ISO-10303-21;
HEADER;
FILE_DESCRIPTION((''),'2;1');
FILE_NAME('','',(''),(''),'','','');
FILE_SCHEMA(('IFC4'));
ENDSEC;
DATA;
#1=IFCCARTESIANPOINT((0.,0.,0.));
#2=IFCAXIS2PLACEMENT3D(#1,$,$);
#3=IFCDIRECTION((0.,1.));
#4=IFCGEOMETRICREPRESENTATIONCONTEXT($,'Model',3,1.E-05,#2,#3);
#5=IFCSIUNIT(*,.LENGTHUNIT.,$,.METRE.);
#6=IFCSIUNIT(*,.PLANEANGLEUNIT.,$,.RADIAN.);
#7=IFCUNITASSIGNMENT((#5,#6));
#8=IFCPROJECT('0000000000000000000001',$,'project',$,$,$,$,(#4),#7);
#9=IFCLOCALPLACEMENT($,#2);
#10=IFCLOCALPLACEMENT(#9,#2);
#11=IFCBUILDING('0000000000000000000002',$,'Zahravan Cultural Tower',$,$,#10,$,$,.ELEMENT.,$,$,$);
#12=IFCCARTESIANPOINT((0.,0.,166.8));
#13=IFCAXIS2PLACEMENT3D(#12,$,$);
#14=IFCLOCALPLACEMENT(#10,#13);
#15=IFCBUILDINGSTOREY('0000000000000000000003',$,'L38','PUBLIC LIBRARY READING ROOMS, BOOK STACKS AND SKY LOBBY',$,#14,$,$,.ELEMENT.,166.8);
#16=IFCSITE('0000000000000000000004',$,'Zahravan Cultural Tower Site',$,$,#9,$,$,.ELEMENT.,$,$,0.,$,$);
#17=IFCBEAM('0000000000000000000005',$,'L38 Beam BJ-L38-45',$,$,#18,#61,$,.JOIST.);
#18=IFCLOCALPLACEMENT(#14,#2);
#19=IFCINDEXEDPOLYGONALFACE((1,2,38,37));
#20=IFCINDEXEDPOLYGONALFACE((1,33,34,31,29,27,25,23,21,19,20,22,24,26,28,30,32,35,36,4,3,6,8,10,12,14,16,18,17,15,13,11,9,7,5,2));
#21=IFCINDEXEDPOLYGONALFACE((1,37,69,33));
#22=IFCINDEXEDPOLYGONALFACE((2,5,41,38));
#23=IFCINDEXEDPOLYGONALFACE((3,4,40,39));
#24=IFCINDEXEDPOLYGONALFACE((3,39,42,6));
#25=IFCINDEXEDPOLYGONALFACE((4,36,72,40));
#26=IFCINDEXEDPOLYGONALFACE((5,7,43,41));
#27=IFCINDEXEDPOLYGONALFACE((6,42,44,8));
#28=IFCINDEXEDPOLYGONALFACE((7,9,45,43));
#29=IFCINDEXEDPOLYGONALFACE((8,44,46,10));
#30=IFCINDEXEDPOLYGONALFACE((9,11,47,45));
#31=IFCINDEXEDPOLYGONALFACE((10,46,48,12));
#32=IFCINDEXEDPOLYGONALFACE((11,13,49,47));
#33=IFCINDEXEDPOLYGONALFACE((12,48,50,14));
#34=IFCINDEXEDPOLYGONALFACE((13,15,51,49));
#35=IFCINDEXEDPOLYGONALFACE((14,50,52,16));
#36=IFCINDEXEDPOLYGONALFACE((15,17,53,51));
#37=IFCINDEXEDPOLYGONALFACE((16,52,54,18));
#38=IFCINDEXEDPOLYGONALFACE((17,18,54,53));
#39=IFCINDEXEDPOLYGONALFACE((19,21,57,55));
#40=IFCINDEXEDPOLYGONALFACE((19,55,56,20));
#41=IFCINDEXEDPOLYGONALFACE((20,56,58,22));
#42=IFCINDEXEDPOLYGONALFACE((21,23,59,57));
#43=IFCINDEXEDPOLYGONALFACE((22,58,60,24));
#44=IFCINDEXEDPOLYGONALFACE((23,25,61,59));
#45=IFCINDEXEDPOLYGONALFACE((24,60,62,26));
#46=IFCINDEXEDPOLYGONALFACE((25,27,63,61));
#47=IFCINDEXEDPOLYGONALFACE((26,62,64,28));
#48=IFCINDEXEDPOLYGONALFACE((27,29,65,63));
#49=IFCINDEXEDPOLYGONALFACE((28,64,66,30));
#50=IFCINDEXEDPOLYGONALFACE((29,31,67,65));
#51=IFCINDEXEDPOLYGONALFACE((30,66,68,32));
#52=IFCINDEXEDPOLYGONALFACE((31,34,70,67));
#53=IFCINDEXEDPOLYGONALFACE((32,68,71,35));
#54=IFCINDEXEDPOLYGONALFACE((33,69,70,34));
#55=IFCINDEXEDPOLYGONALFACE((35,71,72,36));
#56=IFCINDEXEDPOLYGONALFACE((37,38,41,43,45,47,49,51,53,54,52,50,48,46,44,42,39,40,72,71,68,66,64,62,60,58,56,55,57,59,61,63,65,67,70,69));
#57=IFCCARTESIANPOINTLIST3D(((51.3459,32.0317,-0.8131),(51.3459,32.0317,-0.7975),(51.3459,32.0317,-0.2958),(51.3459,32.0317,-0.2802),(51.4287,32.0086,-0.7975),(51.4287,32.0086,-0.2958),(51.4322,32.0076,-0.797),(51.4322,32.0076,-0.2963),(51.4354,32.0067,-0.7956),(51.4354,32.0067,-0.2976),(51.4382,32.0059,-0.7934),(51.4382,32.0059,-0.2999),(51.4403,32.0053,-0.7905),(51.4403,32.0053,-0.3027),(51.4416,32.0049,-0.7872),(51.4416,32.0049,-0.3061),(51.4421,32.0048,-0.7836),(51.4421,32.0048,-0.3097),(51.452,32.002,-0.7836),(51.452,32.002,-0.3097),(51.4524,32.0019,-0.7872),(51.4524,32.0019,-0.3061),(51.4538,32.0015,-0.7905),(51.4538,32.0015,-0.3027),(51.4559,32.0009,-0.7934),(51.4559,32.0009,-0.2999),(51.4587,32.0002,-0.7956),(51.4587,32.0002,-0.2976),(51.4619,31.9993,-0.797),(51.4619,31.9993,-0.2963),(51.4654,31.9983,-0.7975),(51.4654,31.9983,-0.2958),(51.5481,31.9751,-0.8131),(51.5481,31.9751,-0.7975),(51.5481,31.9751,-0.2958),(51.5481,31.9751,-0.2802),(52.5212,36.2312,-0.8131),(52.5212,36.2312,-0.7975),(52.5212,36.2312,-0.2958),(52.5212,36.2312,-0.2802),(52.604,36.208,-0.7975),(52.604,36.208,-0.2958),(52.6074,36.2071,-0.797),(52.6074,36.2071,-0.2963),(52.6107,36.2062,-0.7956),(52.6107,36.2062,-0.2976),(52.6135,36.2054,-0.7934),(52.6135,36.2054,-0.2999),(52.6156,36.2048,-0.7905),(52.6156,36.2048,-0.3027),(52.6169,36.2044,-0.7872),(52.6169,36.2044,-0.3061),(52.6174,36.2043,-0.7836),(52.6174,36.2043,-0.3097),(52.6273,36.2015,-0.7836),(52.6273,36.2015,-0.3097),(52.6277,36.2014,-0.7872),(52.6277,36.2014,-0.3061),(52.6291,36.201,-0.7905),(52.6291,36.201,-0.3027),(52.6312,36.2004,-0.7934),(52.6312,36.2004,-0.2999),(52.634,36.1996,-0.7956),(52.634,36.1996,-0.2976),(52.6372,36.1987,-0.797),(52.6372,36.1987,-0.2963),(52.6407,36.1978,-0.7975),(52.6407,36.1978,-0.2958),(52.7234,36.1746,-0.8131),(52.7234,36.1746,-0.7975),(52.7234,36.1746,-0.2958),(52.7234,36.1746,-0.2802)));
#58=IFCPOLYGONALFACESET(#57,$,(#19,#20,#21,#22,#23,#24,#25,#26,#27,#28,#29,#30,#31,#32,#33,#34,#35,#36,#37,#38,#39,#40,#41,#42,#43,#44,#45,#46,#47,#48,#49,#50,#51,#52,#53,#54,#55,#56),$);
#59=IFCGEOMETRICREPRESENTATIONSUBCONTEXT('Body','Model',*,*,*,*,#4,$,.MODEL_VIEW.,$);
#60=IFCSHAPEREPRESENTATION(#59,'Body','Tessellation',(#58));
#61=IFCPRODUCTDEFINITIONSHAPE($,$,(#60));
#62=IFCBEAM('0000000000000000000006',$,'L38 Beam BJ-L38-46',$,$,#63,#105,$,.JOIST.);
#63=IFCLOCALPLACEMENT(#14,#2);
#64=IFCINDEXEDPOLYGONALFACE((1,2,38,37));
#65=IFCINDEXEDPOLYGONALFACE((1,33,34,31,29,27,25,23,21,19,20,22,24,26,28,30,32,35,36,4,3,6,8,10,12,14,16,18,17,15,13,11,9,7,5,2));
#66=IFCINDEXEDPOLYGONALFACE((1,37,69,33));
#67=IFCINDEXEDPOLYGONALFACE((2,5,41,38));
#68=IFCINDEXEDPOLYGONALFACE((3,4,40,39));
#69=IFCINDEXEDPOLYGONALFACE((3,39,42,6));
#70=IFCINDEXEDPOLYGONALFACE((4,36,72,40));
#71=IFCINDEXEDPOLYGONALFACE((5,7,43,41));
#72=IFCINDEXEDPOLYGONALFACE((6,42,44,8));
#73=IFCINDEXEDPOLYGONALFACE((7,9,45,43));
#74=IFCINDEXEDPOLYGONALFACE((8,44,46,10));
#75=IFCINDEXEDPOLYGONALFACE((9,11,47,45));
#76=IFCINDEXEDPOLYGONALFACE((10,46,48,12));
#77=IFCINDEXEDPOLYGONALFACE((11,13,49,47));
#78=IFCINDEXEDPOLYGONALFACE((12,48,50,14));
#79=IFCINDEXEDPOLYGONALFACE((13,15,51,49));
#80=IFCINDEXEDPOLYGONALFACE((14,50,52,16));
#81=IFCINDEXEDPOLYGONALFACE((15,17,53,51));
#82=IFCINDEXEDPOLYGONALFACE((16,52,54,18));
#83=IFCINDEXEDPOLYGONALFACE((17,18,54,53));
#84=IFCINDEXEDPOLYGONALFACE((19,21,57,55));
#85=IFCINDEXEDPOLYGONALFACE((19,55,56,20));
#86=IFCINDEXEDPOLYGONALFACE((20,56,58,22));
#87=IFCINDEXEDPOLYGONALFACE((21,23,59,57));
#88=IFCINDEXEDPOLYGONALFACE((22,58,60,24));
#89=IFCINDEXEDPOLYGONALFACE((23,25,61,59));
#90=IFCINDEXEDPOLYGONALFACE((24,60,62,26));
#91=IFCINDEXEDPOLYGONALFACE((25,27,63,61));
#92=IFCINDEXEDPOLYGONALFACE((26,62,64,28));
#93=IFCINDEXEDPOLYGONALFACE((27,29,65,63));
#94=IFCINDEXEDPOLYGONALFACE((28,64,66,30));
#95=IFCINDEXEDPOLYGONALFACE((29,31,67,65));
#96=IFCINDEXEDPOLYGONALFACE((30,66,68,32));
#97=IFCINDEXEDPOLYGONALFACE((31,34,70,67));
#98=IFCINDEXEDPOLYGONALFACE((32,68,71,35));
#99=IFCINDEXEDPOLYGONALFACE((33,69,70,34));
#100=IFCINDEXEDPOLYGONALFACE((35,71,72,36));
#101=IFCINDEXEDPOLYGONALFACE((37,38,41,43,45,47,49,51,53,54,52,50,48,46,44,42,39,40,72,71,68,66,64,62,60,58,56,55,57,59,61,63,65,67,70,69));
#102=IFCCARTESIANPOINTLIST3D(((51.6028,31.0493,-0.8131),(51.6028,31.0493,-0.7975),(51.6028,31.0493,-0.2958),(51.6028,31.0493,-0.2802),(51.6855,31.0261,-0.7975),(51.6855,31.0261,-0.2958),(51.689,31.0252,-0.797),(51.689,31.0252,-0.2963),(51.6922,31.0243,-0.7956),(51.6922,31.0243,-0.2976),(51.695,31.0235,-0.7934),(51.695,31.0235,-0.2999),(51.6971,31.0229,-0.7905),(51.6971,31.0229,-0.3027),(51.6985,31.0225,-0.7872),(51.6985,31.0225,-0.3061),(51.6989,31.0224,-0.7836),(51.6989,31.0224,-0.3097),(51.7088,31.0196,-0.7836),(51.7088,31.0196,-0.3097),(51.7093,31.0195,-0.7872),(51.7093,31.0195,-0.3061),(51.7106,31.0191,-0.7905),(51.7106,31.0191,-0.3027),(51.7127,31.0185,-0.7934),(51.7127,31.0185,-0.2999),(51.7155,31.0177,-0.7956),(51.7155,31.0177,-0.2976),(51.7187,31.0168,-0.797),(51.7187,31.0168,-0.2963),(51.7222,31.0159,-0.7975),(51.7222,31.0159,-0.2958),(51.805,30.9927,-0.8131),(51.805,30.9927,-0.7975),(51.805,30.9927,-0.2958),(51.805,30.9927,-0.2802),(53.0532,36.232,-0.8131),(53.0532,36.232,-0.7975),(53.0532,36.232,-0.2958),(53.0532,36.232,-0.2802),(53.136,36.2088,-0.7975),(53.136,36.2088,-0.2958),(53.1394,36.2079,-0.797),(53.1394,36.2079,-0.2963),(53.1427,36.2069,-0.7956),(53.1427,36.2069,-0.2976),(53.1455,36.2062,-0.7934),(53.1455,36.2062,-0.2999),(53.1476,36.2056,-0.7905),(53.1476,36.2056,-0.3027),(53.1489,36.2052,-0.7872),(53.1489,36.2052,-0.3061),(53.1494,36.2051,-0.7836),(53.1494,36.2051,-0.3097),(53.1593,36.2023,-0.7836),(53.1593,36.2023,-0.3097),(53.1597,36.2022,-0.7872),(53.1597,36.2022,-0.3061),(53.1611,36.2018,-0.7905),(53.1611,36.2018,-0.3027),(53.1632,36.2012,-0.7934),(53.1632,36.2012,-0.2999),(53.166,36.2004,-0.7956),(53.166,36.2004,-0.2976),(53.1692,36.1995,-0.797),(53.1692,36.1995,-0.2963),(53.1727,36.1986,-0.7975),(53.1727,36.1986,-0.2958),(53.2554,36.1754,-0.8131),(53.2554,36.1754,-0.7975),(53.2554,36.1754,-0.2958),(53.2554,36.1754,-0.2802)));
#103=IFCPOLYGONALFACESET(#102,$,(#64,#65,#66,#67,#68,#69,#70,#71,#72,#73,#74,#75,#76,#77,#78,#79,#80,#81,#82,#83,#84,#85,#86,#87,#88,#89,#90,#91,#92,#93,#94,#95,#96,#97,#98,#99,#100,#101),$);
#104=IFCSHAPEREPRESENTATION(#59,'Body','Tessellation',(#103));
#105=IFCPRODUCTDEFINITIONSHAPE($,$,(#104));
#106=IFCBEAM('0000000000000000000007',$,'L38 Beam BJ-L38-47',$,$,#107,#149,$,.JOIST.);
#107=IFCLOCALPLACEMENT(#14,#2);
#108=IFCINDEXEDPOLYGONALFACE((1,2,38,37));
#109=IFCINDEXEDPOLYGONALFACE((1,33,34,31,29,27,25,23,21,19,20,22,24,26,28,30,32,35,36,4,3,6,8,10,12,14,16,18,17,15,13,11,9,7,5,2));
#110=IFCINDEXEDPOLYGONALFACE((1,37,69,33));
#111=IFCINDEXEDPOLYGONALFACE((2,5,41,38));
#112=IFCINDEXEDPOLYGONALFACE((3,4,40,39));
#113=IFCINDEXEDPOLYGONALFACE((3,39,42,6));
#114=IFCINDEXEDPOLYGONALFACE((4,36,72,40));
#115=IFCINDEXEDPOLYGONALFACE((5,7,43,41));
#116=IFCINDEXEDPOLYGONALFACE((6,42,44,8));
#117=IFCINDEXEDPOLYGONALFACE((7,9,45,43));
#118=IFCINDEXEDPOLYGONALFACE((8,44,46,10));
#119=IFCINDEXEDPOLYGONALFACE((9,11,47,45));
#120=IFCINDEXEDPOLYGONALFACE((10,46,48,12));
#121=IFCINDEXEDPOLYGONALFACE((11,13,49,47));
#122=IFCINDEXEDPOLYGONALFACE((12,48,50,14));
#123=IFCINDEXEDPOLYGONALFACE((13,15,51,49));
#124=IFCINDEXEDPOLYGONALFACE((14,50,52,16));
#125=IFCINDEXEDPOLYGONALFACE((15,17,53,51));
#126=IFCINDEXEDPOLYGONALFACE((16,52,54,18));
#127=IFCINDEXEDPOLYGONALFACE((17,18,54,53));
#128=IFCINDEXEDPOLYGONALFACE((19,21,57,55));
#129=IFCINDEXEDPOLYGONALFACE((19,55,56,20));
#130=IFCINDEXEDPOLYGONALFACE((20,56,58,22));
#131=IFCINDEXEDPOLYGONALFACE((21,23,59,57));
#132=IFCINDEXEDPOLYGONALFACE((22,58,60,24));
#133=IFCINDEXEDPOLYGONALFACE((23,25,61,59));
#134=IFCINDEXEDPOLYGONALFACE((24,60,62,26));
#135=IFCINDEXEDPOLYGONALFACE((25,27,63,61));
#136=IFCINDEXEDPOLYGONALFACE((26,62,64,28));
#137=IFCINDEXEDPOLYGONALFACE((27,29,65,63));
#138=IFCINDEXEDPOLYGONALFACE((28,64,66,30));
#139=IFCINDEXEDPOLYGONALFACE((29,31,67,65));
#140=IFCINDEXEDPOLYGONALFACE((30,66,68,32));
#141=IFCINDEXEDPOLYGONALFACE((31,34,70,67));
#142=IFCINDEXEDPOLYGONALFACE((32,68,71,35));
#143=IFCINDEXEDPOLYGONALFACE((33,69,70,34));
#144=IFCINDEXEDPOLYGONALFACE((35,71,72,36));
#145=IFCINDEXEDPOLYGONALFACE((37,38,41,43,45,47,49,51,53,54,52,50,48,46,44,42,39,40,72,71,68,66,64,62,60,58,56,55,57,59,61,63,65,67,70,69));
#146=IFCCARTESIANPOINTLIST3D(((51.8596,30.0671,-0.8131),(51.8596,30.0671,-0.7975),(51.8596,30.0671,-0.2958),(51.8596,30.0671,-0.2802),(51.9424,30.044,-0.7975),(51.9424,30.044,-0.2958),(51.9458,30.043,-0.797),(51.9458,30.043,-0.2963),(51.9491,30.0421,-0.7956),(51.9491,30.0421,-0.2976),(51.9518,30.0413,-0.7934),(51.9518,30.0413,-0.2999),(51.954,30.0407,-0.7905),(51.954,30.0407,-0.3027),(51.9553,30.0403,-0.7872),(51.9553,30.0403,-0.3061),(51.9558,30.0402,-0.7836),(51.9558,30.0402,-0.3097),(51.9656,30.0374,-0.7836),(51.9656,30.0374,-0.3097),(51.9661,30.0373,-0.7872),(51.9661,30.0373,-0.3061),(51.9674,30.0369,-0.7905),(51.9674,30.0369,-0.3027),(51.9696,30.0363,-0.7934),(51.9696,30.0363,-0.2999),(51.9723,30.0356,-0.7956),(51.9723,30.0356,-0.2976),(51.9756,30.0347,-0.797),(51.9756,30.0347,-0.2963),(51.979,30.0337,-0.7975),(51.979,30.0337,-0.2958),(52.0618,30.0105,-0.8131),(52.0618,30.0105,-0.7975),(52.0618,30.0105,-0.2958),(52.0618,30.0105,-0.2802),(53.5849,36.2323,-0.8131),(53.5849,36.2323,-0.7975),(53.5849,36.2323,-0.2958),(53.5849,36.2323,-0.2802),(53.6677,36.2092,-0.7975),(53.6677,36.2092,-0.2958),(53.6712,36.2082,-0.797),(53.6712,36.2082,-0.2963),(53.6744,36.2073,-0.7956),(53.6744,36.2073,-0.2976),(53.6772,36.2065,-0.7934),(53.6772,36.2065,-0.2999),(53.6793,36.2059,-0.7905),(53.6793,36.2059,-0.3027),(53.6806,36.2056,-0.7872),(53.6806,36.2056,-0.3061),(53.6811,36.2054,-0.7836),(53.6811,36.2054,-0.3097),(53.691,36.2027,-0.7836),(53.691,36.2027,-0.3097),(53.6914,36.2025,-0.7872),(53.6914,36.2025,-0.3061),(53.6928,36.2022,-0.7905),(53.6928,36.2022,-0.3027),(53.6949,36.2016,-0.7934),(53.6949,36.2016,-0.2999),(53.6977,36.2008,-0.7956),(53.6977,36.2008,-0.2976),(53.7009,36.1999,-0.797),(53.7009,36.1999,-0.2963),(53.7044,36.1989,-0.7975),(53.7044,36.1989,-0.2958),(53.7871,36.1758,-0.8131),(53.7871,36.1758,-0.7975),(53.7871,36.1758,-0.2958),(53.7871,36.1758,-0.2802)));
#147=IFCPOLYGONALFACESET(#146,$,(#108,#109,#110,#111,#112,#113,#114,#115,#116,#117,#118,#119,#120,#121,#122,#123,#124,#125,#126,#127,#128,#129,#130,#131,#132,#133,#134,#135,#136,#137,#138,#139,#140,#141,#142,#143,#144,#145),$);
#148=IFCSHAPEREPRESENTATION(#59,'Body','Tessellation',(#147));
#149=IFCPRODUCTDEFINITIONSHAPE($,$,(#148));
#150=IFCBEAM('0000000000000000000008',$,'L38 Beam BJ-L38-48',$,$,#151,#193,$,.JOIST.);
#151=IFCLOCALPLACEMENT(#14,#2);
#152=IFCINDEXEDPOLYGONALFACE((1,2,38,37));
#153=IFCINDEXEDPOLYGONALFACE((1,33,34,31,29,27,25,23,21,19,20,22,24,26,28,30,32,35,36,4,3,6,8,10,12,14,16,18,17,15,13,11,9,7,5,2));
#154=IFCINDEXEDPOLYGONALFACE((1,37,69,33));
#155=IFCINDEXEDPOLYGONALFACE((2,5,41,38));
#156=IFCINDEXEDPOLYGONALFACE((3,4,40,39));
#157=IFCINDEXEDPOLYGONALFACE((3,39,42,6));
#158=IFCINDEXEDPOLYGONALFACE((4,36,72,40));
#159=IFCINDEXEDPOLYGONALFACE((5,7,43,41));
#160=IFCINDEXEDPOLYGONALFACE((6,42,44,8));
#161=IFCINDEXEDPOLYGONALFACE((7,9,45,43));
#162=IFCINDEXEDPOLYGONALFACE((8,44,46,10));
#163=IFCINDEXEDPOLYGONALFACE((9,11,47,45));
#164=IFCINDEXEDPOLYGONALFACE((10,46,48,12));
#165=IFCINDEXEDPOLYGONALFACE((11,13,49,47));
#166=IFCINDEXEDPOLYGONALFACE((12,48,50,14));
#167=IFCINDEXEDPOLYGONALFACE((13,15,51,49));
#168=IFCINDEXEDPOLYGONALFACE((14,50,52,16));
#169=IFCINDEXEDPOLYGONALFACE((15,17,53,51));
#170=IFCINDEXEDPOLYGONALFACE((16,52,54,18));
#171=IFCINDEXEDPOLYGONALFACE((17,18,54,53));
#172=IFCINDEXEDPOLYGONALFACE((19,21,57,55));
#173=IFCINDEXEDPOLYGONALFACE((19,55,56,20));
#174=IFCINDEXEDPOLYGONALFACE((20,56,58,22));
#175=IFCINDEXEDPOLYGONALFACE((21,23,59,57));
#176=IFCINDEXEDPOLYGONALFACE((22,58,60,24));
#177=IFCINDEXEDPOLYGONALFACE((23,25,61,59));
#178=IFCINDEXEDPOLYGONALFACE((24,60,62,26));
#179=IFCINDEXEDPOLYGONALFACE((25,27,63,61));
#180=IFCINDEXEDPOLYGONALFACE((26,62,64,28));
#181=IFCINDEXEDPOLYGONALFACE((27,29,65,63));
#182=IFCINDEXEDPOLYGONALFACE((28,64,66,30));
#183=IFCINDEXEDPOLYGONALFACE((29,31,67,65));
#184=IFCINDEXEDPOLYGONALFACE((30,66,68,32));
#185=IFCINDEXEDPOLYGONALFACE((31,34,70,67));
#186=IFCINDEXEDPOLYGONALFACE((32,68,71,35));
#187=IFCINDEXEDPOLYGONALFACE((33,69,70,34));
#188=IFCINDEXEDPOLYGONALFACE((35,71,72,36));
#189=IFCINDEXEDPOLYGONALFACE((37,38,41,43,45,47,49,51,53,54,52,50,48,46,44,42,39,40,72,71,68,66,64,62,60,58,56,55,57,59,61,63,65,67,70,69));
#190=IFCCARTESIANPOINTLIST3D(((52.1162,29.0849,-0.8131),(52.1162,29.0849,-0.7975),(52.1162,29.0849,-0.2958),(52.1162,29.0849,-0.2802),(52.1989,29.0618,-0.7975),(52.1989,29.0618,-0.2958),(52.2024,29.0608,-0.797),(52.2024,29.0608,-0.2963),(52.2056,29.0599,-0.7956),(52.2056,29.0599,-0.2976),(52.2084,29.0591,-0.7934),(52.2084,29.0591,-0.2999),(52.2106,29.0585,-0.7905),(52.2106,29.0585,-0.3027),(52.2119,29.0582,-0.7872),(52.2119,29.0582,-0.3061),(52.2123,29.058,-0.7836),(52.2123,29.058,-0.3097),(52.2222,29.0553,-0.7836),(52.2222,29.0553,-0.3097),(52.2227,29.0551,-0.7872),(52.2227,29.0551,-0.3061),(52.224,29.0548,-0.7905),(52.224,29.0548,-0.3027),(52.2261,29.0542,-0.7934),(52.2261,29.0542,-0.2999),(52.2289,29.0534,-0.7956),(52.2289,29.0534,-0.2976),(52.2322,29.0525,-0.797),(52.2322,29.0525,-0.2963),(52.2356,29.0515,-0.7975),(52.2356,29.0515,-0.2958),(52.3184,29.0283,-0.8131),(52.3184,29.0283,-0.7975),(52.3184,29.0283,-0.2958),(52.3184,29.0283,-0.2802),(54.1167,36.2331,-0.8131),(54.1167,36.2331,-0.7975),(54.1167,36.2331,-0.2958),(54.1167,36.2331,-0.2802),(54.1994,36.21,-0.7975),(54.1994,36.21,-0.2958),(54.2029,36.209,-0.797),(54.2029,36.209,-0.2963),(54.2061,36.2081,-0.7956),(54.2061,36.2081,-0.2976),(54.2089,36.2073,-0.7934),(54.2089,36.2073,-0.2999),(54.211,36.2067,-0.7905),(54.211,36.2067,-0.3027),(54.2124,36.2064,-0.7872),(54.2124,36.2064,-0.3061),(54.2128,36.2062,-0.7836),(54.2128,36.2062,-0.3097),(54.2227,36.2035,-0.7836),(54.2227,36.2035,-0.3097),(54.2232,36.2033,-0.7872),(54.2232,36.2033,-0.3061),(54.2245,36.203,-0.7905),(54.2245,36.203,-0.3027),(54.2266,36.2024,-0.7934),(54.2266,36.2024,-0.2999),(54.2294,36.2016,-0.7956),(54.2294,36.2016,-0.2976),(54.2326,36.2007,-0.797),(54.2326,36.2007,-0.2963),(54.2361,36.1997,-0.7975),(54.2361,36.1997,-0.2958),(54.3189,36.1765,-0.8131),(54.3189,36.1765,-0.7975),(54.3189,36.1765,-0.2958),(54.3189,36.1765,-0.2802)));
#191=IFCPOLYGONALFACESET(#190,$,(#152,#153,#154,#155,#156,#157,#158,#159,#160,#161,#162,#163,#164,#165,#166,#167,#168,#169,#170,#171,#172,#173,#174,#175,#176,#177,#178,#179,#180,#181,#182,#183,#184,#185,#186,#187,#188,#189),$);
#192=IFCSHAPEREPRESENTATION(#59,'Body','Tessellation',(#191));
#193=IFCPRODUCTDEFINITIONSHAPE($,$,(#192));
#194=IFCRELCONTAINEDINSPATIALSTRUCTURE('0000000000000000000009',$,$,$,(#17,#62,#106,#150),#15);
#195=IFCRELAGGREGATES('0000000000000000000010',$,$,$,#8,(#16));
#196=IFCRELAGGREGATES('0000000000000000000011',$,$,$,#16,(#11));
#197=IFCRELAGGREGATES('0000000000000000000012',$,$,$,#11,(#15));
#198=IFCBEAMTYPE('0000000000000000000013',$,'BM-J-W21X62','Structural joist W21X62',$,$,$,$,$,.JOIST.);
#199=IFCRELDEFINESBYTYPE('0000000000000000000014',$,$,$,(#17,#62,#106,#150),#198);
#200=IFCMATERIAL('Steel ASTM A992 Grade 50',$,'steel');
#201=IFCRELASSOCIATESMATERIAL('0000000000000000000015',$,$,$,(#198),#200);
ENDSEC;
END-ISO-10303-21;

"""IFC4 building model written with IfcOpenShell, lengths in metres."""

from ifc_helpers import new_model, si_unit, direction, frame, origin, origin_2d, place, context, subcontext, project, spatial, i_section, extrude, source, transform, mapped, material, material_profile, profile_set, type_object, element, save


model = new_model("IFC4")

# Units and contexts
model_context = context("Model", 3, precision=1e-05, world=origin(), true_north=direction((0.0, 1.0)))
body_context = subcontext(model_context, "Body", "Model", "MODEL_VIEW")
ifc_project = project(units=[si_unit("LENGTHUNIT", "METRE"), si_unit("PLANEANGLEUNIT", "RADIAN")], contexts=[model_context])

# Site, building, storey
site_placement = place(None, origin())
site = spatial("IfcSite", under=ifc_project, at=site_placement, Name="Zahravan Cultural Tower Site", CompositionType="ELEMENT", RefElevation=0.0)
building_placement = place(site_placement, origin())
building = spatial("IfcBuilding", under=site, at=building_placement, Name="Zahravan Cultural Tower", CompositionType="ELEMENT")
storey_placement = place(building_placement, frame((0.0, 0.0, 166.8)))
storey = spatial("IfcBuildingStorey", under=building, at=storey_placement, Name="L38", Description="PUBLIC LIBRARY READING ROOMS, BOOK STACKS AND SKY LOBBY", CompositionType="ELEMENT", Elevation=166.8)

# Shared definitions
ifc_material_1 = material(Name="Steel ASTM A992 Grade 50", Category="steel")

# Beams
ifc_material_profile_1 = material_profile(ifc_material_1, i_section(OverallWidth=0.21, OverallDepth=0.533, WebThickness=0.0103, FlangeThickness=0.0156, FilletRadius=0.0139, at=origin_2d()), Name="W21X62")
ifc_profile_set_1 = profile_set([ifc_material_profile_1], Name="Steel ASTM A992 Grade 50")
beam_type_1 = type_object("IfcBeamType", Name="BM-J-W21X62", Description="Structural joist W21X62", PredefinedType="JOIST", material=ifc_profile_set_1)
shared_shape_1 = source(origin(), body_context, "Body", "SweptSolid", [
    extrude(i_section(OverallWidth=0.21, OverallDepth=0.533, WebThickness=0.0103, FlangeThickness=0.0156, FilletRadius=0.0139, at=origin_2d()), origin(), (0.0, 0.0, 1.0), 4.3608),
])
beam_1_placement = place(storey_placement, frame((51.447, 32.0034, -0.5466), z_axis=(0.269512, 0.962997, 0.0), x_axis=(-0.962997, 0.269512, 0.0)))
element("IfcBeam", 1, at=beam_1_placement, inside=storey, type_object=beam_type_1, Name="L38 Beam BJ-L38-45", PredefinedType="JOIST", context=body_context, shape_type="MappedRepresentation", body=[
    mapped(shared_shape_1, transform((0.0, 0.0, 0.0), x_axis=(1.0, 0.0, 0.0), y_axis=(0.0, 1.0, 0.0), z_axis=(0.0, 0.0, 1.0), scale=1.0)),
])
shared_shape_2 = source(origin(), body_context, "Body", "SweptSolid", [
    extrude(i_section(OverallWidth=0.21, OverallDepth=0.533, WebThickness=0.0103, FlangeThickness=0.0156, FilletRadius=0.0139, at=origin_2d()), origin(), (0.0, 0.0, 1.0), 5.3818),
])
beam_2_placement = place(storey_placement, frame((51.7039, 31.021, -0.5466), z_axis=(0.26951, 0.962997, 0.0), x_axis=(-0.962997, 0.26951, 0.0)))
element("IfcBeam", 2, at=beam_2_placement, inside=storey, type_object=beam_type_1, Name="L38 Beam BJ-L38-46", PredefinedType="JOIST", context=body_context, shape_type="MappedRepresentation", body=[
    mapped(shared_shape_2, transform((0.0, 0.0, 0.0), x_axis=(1.0, 0.0, 0.0), y_axis=(0.0, 1.0, 0.0), z_axis=(0.0, 0.0, 1.0), scale=1.0)),
])
shared_shape_3 = source(origin(), body_context, "Body", "SweptSolid", [
    extrude(i_section(OverallWidth=0.21, OverallDepth=0.533, WebThickness=0.0103, FlangeThickness=0.0156, FilletRadius=0.0139, at=origin_2d()), origin(), (0.0, 0.0, 1.0), 6.4021),
])
beam_3_placement = place(storey_placement, frame((51.9607, 30.0388, -0.5466), z_axis=(0.269494, 0.963002, 0.0), x_axis=(-0.963002, 0.269494, 0.0)))
element("IfcBeam", 3, at=beam_3_placement, inside=storey, type_object=beam_type_1, Name="L38 Beam BJ-L38-47", PredefinedType="JOIST", context=body_context, shape_type="MappedRepresentation", body=[
    mapped(shared_shape_3, transform((0.0, 0.0, 0.0), x_axis=(1.0, 0.0, 0.0), y_axis=(0.0, 1.0, 0.0), z_axis=(0.0, 0.0, 1.0), scale=1.0)),
])
shared_shape_4 = source(origin(), body_context, "Body", "SweptSolid", [
    extrude(i_section(OverallWidth=0.21, OverallDepth=0.533, WebThickness=0.0103, FlangeThickness=0.0156, FilletRadius=0.0139, at=origin_2d()), origin(), (0.0, 0.0, 1.0), 7.4229),
])
beam_4_placement = place(storey_placement, frame((52.2173, 29.0566, -0.5466), z_axis=(0.269504, 0.962999, 0.0), x_axis=(-0.962999, 0.269504, 0.0)))
element("IfcBeam", 4, at=beam_4_placement, inside=storey, type_object=beam_type_1, Name="L38 Beam BJ-L38-48", PredefinedType="JOIST", context=body_context, shape_type="MappedRepresentation", body=[
    mapped(shared_shape_4, transform((0.0, 0.0, 0.0), x_axis=(1.0, 0.0, 0.0), y_axis=(0.0, 1.0, 0.0), z_axis=(0.0, 0.0, 1.0), scale=1.0)),
])

save(model, "model.ifc")
